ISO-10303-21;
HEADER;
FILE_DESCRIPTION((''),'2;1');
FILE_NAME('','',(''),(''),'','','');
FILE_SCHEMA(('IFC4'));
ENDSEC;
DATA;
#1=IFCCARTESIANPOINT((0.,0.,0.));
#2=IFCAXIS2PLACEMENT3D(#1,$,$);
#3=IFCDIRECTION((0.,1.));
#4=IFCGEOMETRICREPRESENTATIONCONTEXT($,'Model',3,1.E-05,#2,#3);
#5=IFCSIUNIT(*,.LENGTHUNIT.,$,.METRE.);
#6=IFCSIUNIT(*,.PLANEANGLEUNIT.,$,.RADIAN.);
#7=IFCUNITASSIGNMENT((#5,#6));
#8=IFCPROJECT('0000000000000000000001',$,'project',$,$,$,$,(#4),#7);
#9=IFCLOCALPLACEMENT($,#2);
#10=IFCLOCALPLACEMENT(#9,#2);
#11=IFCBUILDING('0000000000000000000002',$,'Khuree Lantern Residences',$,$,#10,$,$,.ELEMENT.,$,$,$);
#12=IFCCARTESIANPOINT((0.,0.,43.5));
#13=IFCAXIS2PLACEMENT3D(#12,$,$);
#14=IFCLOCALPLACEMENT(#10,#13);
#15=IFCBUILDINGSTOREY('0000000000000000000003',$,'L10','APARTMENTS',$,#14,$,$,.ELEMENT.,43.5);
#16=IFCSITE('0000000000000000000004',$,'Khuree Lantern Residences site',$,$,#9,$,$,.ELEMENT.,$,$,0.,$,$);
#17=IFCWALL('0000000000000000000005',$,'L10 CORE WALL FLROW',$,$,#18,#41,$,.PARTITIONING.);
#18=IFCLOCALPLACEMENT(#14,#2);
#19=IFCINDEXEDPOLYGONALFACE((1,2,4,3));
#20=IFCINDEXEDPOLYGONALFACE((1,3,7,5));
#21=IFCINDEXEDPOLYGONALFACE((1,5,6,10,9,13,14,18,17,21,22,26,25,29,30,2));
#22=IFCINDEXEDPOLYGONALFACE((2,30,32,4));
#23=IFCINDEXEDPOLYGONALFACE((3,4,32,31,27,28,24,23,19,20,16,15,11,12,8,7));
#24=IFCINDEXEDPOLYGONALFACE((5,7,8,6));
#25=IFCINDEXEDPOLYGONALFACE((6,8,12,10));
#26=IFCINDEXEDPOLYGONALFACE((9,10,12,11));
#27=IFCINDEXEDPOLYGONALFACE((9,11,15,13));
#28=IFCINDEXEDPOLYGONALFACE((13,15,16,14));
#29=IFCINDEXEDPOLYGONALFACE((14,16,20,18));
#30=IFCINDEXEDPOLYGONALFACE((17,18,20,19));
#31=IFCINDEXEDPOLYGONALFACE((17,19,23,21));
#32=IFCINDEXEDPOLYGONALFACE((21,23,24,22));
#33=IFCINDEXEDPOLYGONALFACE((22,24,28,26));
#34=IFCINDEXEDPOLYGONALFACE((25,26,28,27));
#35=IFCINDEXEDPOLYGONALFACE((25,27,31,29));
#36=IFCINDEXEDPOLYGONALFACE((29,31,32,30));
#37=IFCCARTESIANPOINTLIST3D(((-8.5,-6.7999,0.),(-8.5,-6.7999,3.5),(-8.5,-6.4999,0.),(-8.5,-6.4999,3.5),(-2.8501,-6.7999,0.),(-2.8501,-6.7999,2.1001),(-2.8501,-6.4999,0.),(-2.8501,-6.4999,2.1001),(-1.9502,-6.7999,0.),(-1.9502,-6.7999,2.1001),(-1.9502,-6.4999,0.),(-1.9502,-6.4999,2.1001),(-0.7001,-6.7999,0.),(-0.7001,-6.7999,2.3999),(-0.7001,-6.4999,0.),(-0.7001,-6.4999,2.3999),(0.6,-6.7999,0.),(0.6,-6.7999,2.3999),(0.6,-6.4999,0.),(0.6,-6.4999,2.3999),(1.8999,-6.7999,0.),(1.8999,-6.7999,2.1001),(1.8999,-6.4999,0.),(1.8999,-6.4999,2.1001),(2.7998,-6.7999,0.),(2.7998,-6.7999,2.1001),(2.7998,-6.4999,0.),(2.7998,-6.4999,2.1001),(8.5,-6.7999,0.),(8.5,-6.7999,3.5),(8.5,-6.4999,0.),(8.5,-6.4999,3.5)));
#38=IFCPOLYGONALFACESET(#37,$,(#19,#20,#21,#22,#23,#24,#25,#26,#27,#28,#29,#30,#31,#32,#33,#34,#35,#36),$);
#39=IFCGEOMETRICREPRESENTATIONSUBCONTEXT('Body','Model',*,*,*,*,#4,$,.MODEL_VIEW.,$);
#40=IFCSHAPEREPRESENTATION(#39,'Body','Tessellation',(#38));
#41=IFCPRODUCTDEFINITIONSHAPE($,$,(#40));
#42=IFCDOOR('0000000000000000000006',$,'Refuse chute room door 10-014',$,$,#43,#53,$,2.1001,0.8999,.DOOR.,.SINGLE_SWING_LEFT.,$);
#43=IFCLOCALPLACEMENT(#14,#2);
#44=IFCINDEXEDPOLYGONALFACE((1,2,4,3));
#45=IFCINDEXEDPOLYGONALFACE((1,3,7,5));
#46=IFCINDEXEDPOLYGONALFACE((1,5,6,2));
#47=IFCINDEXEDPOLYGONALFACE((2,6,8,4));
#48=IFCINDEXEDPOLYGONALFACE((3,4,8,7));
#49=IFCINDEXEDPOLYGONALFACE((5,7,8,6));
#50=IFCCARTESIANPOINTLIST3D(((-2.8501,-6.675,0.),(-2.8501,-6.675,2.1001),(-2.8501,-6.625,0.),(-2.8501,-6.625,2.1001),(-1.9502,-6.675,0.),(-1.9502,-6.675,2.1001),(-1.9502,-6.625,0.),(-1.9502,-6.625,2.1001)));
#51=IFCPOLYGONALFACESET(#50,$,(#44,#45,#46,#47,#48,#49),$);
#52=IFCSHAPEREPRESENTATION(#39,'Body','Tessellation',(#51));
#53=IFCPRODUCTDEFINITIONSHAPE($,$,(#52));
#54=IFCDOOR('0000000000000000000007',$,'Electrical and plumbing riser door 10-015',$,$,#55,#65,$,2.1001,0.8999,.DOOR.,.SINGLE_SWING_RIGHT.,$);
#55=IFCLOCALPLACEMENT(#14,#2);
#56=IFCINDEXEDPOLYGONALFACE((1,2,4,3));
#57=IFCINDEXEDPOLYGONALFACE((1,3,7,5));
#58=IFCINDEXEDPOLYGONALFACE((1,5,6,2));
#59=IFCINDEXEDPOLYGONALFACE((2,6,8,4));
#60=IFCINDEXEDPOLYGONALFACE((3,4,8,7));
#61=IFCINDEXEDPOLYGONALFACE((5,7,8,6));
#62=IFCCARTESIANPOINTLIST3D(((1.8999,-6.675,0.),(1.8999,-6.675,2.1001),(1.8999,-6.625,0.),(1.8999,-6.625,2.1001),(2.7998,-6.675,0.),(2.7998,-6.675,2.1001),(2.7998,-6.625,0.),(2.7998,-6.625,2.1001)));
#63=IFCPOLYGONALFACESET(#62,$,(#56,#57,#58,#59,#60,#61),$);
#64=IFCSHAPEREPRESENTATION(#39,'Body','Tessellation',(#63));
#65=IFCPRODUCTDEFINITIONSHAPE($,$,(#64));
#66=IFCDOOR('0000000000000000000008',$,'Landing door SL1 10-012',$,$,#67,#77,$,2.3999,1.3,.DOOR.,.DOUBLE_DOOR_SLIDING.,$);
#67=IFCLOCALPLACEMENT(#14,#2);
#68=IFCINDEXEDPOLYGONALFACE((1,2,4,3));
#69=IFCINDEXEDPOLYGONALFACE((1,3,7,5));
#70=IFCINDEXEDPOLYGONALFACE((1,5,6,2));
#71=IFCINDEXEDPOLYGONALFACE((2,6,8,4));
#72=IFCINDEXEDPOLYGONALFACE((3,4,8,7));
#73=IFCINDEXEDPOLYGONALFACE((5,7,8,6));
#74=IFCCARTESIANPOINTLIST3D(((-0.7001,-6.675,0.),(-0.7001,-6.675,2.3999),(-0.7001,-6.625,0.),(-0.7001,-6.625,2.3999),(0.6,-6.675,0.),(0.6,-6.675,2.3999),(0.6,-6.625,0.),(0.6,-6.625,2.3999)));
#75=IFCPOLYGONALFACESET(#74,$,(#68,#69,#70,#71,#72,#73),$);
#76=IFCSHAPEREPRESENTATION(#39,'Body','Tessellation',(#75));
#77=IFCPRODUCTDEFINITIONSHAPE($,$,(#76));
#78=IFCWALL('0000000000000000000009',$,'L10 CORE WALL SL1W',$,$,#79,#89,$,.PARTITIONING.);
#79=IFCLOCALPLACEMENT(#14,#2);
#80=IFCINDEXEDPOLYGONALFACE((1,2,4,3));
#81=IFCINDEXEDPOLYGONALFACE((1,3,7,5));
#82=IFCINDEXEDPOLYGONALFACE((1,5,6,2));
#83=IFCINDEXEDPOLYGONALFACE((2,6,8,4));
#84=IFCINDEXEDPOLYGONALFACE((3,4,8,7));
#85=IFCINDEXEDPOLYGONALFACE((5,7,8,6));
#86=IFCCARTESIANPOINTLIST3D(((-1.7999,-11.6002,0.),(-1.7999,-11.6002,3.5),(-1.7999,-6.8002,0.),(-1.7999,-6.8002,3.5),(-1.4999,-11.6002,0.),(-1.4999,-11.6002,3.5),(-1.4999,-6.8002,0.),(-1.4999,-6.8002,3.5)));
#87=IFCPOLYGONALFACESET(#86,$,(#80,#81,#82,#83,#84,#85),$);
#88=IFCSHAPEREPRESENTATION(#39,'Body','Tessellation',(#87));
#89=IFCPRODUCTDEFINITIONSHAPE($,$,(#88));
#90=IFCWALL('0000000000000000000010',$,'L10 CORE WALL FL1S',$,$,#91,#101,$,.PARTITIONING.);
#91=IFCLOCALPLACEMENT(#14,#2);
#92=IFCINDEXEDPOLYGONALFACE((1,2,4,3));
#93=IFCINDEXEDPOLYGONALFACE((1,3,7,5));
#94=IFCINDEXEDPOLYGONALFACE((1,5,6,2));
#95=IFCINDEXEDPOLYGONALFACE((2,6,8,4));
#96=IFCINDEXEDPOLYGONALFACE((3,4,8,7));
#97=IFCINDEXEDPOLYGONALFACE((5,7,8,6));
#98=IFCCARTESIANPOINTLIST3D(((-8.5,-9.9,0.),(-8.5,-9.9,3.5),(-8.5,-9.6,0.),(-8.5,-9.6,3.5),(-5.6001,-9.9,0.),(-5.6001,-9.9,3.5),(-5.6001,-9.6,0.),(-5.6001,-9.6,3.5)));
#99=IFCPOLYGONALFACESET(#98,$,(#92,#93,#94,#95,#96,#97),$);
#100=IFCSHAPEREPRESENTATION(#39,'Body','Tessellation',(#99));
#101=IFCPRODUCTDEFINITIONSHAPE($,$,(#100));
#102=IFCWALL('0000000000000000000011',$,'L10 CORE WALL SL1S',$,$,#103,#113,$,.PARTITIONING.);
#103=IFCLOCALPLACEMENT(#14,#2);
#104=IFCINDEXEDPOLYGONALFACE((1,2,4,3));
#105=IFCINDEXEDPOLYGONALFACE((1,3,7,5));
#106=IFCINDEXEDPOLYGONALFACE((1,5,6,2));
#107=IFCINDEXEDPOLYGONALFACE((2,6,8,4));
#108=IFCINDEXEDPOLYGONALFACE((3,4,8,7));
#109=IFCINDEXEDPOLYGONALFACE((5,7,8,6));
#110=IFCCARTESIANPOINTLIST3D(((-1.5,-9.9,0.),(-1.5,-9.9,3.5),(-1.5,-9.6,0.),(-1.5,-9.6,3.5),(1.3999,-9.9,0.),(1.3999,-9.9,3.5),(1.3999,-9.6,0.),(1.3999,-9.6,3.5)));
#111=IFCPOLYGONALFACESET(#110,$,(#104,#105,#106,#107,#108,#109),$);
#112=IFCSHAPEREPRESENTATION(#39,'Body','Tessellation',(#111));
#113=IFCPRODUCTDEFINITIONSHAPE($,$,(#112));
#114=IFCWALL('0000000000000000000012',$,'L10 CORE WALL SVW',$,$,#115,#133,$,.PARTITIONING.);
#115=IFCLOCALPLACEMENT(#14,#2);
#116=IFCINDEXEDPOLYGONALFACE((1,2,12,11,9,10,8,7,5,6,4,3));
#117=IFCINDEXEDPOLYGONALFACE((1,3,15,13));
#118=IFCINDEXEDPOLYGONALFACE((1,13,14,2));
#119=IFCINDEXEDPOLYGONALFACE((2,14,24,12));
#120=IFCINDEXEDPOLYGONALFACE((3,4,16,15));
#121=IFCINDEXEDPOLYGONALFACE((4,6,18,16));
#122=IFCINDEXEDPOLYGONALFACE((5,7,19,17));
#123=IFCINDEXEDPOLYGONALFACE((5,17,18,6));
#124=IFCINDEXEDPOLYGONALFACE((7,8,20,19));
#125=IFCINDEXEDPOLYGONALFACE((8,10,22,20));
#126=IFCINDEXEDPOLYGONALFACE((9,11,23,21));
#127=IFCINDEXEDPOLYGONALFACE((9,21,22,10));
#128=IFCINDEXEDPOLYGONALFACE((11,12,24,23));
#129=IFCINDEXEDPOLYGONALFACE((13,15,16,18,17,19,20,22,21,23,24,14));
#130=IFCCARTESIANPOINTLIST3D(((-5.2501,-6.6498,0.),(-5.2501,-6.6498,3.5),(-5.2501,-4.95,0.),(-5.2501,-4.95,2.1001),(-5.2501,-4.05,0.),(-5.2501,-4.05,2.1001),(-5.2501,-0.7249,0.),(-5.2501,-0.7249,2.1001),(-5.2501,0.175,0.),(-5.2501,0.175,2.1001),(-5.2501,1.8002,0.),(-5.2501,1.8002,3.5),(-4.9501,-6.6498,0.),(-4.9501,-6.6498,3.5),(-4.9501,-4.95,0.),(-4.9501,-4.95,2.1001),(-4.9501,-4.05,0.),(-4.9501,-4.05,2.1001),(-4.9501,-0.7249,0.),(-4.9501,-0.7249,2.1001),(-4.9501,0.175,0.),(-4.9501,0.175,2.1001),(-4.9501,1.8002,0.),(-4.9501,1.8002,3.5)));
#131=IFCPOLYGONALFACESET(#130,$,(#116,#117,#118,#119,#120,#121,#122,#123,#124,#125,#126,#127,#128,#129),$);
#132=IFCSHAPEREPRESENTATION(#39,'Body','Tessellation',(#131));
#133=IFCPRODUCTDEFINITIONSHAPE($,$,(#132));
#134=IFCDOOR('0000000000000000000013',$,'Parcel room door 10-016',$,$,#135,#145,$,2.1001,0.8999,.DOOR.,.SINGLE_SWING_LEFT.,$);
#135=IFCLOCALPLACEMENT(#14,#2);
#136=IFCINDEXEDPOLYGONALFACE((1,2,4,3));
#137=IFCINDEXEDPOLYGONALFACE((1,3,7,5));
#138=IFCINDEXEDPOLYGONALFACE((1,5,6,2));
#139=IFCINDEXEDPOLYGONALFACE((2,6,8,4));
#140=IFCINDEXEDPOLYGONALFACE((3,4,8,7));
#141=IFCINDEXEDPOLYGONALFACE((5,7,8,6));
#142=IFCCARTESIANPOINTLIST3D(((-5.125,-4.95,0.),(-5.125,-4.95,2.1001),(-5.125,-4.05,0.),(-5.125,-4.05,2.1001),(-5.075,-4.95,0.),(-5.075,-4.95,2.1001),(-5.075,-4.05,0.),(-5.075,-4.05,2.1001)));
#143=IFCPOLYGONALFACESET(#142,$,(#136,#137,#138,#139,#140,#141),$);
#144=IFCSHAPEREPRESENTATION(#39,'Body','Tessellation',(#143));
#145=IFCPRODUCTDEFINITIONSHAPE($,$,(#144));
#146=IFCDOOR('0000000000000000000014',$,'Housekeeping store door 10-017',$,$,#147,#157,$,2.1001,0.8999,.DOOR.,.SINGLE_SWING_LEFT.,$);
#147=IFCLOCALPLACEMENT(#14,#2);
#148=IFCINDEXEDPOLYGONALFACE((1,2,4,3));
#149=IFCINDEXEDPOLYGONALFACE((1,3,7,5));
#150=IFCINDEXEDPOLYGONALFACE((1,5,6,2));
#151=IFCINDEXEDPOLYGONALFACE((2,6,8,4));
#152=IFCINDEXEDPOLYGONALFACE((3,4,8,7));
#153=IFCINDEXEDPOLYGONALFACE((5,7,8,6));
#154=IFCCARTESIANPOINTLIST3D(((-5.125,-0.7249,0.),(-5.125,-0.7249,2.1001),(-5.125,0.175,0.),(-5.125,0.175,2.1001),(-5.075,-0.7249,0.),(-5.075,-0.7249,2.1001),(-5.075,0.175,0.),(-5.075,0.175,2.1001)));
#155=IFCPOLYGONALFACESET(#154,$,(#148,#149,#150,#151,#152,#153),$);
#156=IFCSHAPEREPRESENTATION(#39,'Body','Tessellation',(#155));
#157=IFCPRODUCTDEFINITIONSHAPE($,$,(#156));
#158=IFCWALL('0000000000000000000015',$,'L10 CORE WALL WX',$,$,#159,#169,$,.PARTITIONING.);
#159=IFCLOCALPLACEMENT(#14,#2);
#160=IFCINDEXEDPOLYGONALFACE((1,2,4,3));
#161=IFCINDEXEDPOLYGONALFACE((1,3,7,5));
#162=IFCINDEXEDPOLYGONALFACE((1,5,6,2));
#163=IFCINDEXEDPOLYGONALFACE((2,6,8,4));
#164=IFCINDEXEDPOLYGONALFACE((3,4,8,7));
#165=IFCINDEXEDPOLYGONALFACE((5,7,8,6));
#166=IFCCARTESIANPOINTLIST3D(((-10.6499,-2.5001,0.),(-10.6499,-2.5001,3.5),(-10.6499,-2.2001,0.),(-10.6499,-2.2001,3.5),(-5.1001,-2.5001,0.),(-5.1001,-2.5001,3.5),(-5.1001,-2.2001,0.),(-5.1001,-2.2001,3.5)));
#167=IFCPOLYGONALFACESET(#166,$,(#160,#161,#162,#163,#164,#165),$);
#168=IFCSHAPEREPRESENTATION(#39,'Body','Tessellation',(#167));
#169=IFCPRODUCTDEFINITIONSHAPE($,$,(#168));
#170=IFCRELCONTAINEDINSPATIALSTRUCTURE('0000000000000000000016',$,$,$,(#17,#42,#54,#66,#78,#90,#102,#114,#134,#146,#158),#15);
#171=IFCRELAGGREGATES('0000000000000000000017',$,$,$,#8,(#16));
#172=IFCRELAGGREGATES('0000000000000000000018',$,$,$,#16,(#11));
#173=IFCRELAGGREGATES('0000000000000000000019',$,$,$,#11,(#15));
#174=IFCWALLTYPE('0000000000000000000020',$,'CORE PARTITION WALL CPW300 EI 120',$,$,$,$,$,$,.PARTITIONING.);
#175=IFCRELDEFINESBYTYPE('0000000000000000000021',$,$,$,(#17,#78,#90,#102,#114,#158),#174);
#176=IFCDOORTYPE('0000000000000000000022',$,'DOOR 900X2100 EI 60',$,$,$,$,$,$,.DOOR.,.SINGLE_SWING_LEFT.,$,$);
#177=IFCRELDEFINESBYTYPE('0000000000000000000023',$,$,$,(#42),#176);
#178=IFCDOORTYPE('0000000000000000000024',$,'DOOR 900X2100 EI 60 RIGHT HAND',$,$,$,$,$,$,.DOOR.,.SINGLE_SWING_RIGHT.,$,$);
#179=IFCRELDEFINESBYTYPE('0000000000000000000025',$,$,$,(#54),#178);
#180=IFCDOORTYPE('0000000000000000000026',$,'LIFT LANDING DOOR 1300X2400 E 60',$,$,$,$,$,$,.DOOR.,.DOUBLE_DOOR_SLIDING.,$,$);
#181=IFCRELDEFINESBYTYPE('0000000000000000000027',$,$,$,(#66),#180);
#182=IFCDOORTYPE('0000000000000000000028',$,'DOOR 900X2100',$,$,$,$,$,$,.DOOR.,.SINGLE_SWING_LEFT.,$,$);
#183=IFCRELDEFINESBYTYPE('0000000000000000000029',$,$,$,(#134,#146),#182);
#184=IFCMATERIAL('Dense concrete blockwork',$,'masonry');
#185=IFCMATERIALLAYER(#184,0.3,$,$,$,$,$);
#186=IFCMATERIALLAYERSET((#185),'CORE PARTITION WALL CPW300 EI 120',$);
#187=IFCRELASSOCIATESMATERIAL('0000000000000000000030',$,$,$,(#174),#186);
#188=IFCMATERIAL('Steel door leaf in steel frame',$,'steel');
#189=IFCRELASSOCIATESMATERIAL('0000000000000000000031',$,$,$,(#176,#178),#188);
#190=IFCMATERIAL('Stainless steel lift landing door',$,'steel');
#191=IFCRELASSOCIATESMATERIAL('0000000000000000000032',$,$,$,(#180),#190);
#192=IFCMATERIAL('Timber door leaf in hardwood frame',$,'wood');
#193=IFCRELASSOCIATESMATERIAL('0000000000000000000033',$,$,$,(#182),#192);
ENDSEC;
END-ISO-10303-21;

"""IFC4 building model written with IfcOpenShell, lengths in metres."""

from ifc_helpers import new_model, si_unit, direction, frame, frame_2d, origin, place, context, subcontext, project, spatial, rectangle, extrude, material, layer, layer_set, type_object, element, fill, save


model = new_model("IFC4")

# Units and contexts
model_context = context("Model", 3, precision=1e-05, world=origin(), true_north=direction((0.0, 1.0)))
body_context = subcontext(model_context, "Body", "Model", "MODEL_VIEW")
ifc_project = project(units=[si_unit("LENGTHUNIT", "METRE"), si_unit("PLANEANGLEUNIT", "RADIAN")], contexts=[model_context])

# Site, building, storey
site_placement = place(None, origin())
site = spatial("IfcSite", under=ifc_project, at=site_placement, Name="Khuree Lantern Residences site", CompositionType="ELEMENT", RefElevation=0.0)
building_placement = place(site_placement, origin())
building = spatial("IfcBuilding", under=site, at=building_placement, Name="Khuree Lantern Residences", CompositionType="ELEMENT")
storey_placement = place(building_placement, frame((0.0, 0.0, 43.5)))
storey = spatial("IfcBuildingStorey", under=building, at=storey_placement, Name="L10", Description="APARTMENTS", CompositionType="ELEMENT", Elevation=43.5)

# Wall, openings, doors
ifc_material_1 = material(Name="Dense concrete blockwork", Category="masonry")
ifc_layer_1 = layer(ifc_material_1, 0.3)
ifc_layer_set_1 = layer_set([ifc_layer_1], Name="CORE PARTITION WALL CPW300 EI 120")
wall_type_1 = type_object("IfcWallType", Name="CORE PARTITION WALL CPW300 EI 120", PredefinedType="PARTITIONING", material=ifc_layer_set_1)
wall_1_placement = place(storey_placement, frame((-8.5, -6.6499, 0.0), z_axis=(0.0, 0.0, 1.0), x_axis=(1.0, 0.0, 0.0)))
wall_1 = element("IfcWall", 1, at=wall_1_placement, inside=storey, type_object=wall_type_1, Name="L10 CORE WALL FLROW", PredefinedType="PARTITIONING", context=body_context, shape_type="SweptSolid", body=[
    extrude(rectangle(XDim=17.0, YDim=0.3, at=frame_2d((8.5, 0.0))), origin(), (0.0, 0.0, 1.0), 3.5),
])
opening_1_placement = place(wall_1_placement, frame((7.8, 0.0, 0.0)))
opening_1 = element("IfcOpeningElement", 2, at=opening_1_placement, cuts=wall_1, PredefinedType="OPENING", context=body_context, shape_type="SweptSolid", body=[
    extrude(rectangle(XDim=1.3, YDim=2.3999, at=frame_2d((0.6499, 1.2))), frame((0.0, 0.1602, 0.0), z_axis=(0.0, -1.0, 0.0), x_axis=(1.0, 0.0, 0.0)), (0.0, 0.0, 1.0), 0.3201),
])
opening_2_placement = place(wall_1_placement, frame((5.6499, 0.0, 0.0)))
opening_2 = element("IfcOpeningElement", 3, at=opening_2_placement, cuts=wall_1, PredefinedType="OPENING", context=body_context, shape_type="SweptSolid", body=[
    extrude(rectangle(XDim=0.8999, YDim=2.1001, at=frame_2d((0.45, 1.05))), frame((0.0, 0.1602, 0.0), z_axis=(0.0, -1.0, 0.0), x_axis=(1.0, 0.0, 0.0)), (0.0, 0.0, 1.0), 0.3201),
])
opening_3_placement = place(wall_1_placement, frame((10.3999, 0.0, 0.0)))
opening_3 = element("IfcOpeningElement", 4, at=opening_3_placement, cuts=wall_1, PredefinedType="OPENING", context=body_context, shape_type="SweptSolid", body=[
    extrude(rectangle(XDim=0.8999, YDim=2.1001, at=frame_2d((0.45, 1.05))), frame((0.0, 0.1602, 0.0), z_axis=(0.0, -1.0, 0.0), x_axis=(1.0, 0.0, 0.0)), (0.0, 0.0, 1.0), 0.3201),
])
ifc_material_2 = material(Name="Steel door leaf in steel frame", Category="steel")
door_type_1 = type_object("IfcDoorType", Name="DOOR 900X2100 EI 60", OperationType="SINGLE_SWING_LEFT", PredefinedType="DOOR", material=ifc_material_2)
door_1_placement = place(opening_2_placement, origin())
door_1 = element("IfcDoor", 5, at=door_1_placement, inside=storey, type_object=door_type_1, Name="Refuse chute room door 10-014", OperationType="SINGLE_SWING_LEFT", OverallHeight=2.1001, OverallWidth=0.8999, PredefinedType="DOOR", context=body_context, shape_type="SweptSolid", body=[
    extrude(rectangle(XDim=0.8999, YDim=2.1001, at=frame_2d((0.45, 1.05))), frame((0.0, 0.0249, 0.0), z_axis=(0.0, -1.0, 0.0), x_axis=(1.0, 0.0, 0.0)), (0.0, 0.0, 1.0), 0.05),
])
fill(opening_2, door_1)
door_type_2 = type_object("IfcDoorType", Name="DOOR 900X2100 EI 60 RIGHT HAND", OperationType="SINGLE_SWING_RIGHT", PredefinedType="DOOR", material=ifc_material_2)
door_2_placement = place(opening_3_placement, origin())
door_2 = element("IfcDoor", 6, at=door_2_placement, inside=storey, type_object=door_type_2, Name="Electrical and plumbing riser door 10-015", OperationType="SINGLE_SWING_RIGHT", OverallHeight=2.1001, OverallWidth=0.8999, PredefinedType="DOOR", context=body_context, shape_type="SweptSolid", body=[
    extrude(rectangle(XDim=0.8999, YDim=2.1001, at=frame_2d((0.45, 1.05))), frame((0.0, 0.0249, 0.0), z_axis=(0.0, -1.0, 0.0), x_axis=(1.0, 0.0, 0.0)), (0.0, 0.0, 1.0), 0.05),
])
fill(opening_3, door_2)
ifc_material_3 = material(Name="Stainless steel lift landing door", Category="steel")
door_type_3 = type_object("IfcDoorType", Name="LIFT LANDING DOOR 1300X2400 E 60", OperationType="DOUBLE_DOOR_SLIDING", PredefinedType="DOOR", material=ifc_material_3)
door_3_placement = place(opening_1_placement, origin())
door_3 = element("IfcDoor", 7, at=door_3_placement, inside=storey, type_object=door_type_3, Name="Landing door SL1 10-012", OperationType="DOUBLE_DOOR_SLIDING", OverallHeight=2.3999, OverallWidth=1.3, PredefinedType="DOOR", context=body_context, shape_type="SweptSolid", body=[
    extrude(rectangle(XDim=1.3, YDim=2.3999, at=frame_2d((0.6499, 1.2))), frame((0.0, 0.0249, 0.0), z_axis=(0.0, -1.0, 0.0), x_axis=(1.0, 0.0, 0.0)), (0.0, 0.0, 1.0), 0.05),
])
fill(opening_1, door_3)

# Walls
wall_2_placement = place(storey_placement, frame((-1.6499, -11.6001, 0.0), z_axis=(0.0, 0.0, 1.0), x_axis=(0.0, 1.0, 0.0)))
element("IfcWall", 8, at=wall_2_placement, inside=storey, type_object=wall_type_1, Name="L10 CORE WALL SL1W", PredefinedType="PARTITIONING", context=body_context, shape_type="SweptSolid", body=[
    extrude(rectangle(XDim=4.8, YDim=0.3, at=frame_2d((2.3999, 0.0))), origin(), (0.0, 0.0, 1.0), 3.5),
])
for number, where, z_axis, x_axis, name in (
    (9, (-8.5, -9.75, 0.0), (0.0, 0.0, 1.0), (1.0, 0.0, 0.0), "L10 CORE WALL FL1S"),
    (10, (-1.5, -9.75, 0.0), (0.0, 0.0, 1.0), (1.0, 0.0, 0.0), "L10 CORE WALL SL1S"),
):
    element("IfcWall", number, at=place(storey_placement, frame(where, z_axis=z_axis, x_axis=x_axis)), inside=storey, type_object=wall_type_1, Name=name, PredefinedType="PARTITIONING", context=body_context, shape_type="SweptSolid", body=[
        extrude(rectangle(XDim=2.8999, YDim=0.3, at=frame_2d((1.45, 0.0))), origin(), (0.0, 0.0, 1.0), 3.5),
    ])

# Wall, openings, doors
wall_3_placement = place(storey_placement, frame((-5.1001, -6.6499, 0.0), z_axis=(0.0, 0.0, 1.0), x_axis=(0.0, 1.0, 0.0)))
wall_3 = element("IfcWall", 11, at=wall_3_placement, inside=storey, type_object=wall_type_1, Name="L10 CORE WALL SVW", PredefinedType="PARTITIONING", context=body_context, shape_type="SweptSolid", body=[
    extrude(rectangle(XDim=8.45, YDim=0.3, at=frame_2d((4.2251, 0.0))), origin(), (0.0, 0.0, 1.0), 3.5),
])
opening_4_placement = place(wall_3_placement, frame((1.7, 0.0, 0.0)))
opening_4 = element("IfcOpeningElement", 12, at=opening_4_placement, cuts=wall_3, PredefinedType="OPENING", context=body_context, shape_type="SweptSolid", body=[
    extrude(rectangle(XDim=0.8999, YDim=2.1001, at=frame_2d((0.45, 1.05))), frame((0.0, 0.1602, 0.0), z_axis=(0.0, -1.0, 0.0), x_axis=(1.0, 0.0, 0.0)), (0.0, 0.0, 1.0), 0.3201),
])
opening_5_placement = place(wall_3_placement, frame((5.925, 0.0, 0.0)))
opening_5 = element("IfcOpeningElement", 13, at=opening_5_placement, cuts=wall_3, PredefinedType="OPENING", context=body_context, shape_type="SweptSolid", body=[
    extrude(rectangle(XDim=0.8999, YDim=2.1001, at=frame_2d((0.45, 1.05))), frame((0.0, 0.1602, 0.0), z_axis=(0.0, -1.0, 0.0), x_axis=(1.0, 0.0, 0.0)), (0.0, 0.0, 1.0), 0.3201),
])
ifc_material_4 = material(Name="Timber door leaf in hardwood frame", Category="wood")
door_type_4 = type_object("IfcDoorType", Name="DOOR 900X2100", OperationType="SINGLE_SWING_LEFT", PredefinedType="DOOR", material=ifc_material_4)
door_4_placement = place(opening_4_placement, origin())
door_4 = element("IfcDoor", 14, at=door_4_placement, inside=storey, type_object=door_type_4, Name="Parcel room door 10-016", OperationType="SINGLE_SWING_LEFT", OverallHeight=2.1001, OverallWidth=0.8999, PredefinedType="DOOR", context=body_context, shape_type="SweptSolid", body=[
    extrude(rectangle(XDim=0.8999, YDim=2.1001, at=frame_2d((0.45, 1.05))), frame((0.0, 0.0249, 0.0), z_axis=(0.0, -1.0, 0.0), x_axis=(1.0, 0.0, 0.0)), (0.0, 0.0, 1.0), 0.05),
])
fill(opening_4, door_4)
door_5_placement = place(opening_5_placement, origin())
door_5 = element("IfcDoor", 15, at=door_5_placement, inside=storey, type_object=door_type_4, Name="Housekeeping store door 10-017", OperationType="SINGLE_SWING_LEFT", OverallHeight=2.1001, OverallWidth=0.8999, PredefinedType="DOOR", context=body_context, shape_type="SweptSolid", body=[
    extrude(rectangle(XDim=0.8999, YDim=2.1001, at=frame_2d((0.45, 1.05))), frame((0.0, 0.0249, 0.0), z_axis=(0.0, -1.0, 0.0), x_axis=(1.0, 0.0, 0.0)), (0.0, 0.0, 1.0), 0.05),
])
fill(opening_5, door_5)

# Wall
wall_4_placement = place(storey_placement, frame((-10.6499, -2.3501, 0.0), z_axis=(0.0, 0.0, 1.0), x_axis=(1.0, 0.0, 0.0)))
element("IfcWall", 16, at=wall_4_placement, inside=storey, type_object=wall_type_1, Name="L10 CORE WALL WX", PredefinedType="PARTITIONING", context=body_context, shape_type="SweptSolid", body=[
    extrude(rectangle(XDim=5.5498, YDim=0.3, at=frame_2d((2.7749, 0.0))), origin(), (0.0, 0.0, 1.0), 3.5),
])

save(model, "model.ifc")
